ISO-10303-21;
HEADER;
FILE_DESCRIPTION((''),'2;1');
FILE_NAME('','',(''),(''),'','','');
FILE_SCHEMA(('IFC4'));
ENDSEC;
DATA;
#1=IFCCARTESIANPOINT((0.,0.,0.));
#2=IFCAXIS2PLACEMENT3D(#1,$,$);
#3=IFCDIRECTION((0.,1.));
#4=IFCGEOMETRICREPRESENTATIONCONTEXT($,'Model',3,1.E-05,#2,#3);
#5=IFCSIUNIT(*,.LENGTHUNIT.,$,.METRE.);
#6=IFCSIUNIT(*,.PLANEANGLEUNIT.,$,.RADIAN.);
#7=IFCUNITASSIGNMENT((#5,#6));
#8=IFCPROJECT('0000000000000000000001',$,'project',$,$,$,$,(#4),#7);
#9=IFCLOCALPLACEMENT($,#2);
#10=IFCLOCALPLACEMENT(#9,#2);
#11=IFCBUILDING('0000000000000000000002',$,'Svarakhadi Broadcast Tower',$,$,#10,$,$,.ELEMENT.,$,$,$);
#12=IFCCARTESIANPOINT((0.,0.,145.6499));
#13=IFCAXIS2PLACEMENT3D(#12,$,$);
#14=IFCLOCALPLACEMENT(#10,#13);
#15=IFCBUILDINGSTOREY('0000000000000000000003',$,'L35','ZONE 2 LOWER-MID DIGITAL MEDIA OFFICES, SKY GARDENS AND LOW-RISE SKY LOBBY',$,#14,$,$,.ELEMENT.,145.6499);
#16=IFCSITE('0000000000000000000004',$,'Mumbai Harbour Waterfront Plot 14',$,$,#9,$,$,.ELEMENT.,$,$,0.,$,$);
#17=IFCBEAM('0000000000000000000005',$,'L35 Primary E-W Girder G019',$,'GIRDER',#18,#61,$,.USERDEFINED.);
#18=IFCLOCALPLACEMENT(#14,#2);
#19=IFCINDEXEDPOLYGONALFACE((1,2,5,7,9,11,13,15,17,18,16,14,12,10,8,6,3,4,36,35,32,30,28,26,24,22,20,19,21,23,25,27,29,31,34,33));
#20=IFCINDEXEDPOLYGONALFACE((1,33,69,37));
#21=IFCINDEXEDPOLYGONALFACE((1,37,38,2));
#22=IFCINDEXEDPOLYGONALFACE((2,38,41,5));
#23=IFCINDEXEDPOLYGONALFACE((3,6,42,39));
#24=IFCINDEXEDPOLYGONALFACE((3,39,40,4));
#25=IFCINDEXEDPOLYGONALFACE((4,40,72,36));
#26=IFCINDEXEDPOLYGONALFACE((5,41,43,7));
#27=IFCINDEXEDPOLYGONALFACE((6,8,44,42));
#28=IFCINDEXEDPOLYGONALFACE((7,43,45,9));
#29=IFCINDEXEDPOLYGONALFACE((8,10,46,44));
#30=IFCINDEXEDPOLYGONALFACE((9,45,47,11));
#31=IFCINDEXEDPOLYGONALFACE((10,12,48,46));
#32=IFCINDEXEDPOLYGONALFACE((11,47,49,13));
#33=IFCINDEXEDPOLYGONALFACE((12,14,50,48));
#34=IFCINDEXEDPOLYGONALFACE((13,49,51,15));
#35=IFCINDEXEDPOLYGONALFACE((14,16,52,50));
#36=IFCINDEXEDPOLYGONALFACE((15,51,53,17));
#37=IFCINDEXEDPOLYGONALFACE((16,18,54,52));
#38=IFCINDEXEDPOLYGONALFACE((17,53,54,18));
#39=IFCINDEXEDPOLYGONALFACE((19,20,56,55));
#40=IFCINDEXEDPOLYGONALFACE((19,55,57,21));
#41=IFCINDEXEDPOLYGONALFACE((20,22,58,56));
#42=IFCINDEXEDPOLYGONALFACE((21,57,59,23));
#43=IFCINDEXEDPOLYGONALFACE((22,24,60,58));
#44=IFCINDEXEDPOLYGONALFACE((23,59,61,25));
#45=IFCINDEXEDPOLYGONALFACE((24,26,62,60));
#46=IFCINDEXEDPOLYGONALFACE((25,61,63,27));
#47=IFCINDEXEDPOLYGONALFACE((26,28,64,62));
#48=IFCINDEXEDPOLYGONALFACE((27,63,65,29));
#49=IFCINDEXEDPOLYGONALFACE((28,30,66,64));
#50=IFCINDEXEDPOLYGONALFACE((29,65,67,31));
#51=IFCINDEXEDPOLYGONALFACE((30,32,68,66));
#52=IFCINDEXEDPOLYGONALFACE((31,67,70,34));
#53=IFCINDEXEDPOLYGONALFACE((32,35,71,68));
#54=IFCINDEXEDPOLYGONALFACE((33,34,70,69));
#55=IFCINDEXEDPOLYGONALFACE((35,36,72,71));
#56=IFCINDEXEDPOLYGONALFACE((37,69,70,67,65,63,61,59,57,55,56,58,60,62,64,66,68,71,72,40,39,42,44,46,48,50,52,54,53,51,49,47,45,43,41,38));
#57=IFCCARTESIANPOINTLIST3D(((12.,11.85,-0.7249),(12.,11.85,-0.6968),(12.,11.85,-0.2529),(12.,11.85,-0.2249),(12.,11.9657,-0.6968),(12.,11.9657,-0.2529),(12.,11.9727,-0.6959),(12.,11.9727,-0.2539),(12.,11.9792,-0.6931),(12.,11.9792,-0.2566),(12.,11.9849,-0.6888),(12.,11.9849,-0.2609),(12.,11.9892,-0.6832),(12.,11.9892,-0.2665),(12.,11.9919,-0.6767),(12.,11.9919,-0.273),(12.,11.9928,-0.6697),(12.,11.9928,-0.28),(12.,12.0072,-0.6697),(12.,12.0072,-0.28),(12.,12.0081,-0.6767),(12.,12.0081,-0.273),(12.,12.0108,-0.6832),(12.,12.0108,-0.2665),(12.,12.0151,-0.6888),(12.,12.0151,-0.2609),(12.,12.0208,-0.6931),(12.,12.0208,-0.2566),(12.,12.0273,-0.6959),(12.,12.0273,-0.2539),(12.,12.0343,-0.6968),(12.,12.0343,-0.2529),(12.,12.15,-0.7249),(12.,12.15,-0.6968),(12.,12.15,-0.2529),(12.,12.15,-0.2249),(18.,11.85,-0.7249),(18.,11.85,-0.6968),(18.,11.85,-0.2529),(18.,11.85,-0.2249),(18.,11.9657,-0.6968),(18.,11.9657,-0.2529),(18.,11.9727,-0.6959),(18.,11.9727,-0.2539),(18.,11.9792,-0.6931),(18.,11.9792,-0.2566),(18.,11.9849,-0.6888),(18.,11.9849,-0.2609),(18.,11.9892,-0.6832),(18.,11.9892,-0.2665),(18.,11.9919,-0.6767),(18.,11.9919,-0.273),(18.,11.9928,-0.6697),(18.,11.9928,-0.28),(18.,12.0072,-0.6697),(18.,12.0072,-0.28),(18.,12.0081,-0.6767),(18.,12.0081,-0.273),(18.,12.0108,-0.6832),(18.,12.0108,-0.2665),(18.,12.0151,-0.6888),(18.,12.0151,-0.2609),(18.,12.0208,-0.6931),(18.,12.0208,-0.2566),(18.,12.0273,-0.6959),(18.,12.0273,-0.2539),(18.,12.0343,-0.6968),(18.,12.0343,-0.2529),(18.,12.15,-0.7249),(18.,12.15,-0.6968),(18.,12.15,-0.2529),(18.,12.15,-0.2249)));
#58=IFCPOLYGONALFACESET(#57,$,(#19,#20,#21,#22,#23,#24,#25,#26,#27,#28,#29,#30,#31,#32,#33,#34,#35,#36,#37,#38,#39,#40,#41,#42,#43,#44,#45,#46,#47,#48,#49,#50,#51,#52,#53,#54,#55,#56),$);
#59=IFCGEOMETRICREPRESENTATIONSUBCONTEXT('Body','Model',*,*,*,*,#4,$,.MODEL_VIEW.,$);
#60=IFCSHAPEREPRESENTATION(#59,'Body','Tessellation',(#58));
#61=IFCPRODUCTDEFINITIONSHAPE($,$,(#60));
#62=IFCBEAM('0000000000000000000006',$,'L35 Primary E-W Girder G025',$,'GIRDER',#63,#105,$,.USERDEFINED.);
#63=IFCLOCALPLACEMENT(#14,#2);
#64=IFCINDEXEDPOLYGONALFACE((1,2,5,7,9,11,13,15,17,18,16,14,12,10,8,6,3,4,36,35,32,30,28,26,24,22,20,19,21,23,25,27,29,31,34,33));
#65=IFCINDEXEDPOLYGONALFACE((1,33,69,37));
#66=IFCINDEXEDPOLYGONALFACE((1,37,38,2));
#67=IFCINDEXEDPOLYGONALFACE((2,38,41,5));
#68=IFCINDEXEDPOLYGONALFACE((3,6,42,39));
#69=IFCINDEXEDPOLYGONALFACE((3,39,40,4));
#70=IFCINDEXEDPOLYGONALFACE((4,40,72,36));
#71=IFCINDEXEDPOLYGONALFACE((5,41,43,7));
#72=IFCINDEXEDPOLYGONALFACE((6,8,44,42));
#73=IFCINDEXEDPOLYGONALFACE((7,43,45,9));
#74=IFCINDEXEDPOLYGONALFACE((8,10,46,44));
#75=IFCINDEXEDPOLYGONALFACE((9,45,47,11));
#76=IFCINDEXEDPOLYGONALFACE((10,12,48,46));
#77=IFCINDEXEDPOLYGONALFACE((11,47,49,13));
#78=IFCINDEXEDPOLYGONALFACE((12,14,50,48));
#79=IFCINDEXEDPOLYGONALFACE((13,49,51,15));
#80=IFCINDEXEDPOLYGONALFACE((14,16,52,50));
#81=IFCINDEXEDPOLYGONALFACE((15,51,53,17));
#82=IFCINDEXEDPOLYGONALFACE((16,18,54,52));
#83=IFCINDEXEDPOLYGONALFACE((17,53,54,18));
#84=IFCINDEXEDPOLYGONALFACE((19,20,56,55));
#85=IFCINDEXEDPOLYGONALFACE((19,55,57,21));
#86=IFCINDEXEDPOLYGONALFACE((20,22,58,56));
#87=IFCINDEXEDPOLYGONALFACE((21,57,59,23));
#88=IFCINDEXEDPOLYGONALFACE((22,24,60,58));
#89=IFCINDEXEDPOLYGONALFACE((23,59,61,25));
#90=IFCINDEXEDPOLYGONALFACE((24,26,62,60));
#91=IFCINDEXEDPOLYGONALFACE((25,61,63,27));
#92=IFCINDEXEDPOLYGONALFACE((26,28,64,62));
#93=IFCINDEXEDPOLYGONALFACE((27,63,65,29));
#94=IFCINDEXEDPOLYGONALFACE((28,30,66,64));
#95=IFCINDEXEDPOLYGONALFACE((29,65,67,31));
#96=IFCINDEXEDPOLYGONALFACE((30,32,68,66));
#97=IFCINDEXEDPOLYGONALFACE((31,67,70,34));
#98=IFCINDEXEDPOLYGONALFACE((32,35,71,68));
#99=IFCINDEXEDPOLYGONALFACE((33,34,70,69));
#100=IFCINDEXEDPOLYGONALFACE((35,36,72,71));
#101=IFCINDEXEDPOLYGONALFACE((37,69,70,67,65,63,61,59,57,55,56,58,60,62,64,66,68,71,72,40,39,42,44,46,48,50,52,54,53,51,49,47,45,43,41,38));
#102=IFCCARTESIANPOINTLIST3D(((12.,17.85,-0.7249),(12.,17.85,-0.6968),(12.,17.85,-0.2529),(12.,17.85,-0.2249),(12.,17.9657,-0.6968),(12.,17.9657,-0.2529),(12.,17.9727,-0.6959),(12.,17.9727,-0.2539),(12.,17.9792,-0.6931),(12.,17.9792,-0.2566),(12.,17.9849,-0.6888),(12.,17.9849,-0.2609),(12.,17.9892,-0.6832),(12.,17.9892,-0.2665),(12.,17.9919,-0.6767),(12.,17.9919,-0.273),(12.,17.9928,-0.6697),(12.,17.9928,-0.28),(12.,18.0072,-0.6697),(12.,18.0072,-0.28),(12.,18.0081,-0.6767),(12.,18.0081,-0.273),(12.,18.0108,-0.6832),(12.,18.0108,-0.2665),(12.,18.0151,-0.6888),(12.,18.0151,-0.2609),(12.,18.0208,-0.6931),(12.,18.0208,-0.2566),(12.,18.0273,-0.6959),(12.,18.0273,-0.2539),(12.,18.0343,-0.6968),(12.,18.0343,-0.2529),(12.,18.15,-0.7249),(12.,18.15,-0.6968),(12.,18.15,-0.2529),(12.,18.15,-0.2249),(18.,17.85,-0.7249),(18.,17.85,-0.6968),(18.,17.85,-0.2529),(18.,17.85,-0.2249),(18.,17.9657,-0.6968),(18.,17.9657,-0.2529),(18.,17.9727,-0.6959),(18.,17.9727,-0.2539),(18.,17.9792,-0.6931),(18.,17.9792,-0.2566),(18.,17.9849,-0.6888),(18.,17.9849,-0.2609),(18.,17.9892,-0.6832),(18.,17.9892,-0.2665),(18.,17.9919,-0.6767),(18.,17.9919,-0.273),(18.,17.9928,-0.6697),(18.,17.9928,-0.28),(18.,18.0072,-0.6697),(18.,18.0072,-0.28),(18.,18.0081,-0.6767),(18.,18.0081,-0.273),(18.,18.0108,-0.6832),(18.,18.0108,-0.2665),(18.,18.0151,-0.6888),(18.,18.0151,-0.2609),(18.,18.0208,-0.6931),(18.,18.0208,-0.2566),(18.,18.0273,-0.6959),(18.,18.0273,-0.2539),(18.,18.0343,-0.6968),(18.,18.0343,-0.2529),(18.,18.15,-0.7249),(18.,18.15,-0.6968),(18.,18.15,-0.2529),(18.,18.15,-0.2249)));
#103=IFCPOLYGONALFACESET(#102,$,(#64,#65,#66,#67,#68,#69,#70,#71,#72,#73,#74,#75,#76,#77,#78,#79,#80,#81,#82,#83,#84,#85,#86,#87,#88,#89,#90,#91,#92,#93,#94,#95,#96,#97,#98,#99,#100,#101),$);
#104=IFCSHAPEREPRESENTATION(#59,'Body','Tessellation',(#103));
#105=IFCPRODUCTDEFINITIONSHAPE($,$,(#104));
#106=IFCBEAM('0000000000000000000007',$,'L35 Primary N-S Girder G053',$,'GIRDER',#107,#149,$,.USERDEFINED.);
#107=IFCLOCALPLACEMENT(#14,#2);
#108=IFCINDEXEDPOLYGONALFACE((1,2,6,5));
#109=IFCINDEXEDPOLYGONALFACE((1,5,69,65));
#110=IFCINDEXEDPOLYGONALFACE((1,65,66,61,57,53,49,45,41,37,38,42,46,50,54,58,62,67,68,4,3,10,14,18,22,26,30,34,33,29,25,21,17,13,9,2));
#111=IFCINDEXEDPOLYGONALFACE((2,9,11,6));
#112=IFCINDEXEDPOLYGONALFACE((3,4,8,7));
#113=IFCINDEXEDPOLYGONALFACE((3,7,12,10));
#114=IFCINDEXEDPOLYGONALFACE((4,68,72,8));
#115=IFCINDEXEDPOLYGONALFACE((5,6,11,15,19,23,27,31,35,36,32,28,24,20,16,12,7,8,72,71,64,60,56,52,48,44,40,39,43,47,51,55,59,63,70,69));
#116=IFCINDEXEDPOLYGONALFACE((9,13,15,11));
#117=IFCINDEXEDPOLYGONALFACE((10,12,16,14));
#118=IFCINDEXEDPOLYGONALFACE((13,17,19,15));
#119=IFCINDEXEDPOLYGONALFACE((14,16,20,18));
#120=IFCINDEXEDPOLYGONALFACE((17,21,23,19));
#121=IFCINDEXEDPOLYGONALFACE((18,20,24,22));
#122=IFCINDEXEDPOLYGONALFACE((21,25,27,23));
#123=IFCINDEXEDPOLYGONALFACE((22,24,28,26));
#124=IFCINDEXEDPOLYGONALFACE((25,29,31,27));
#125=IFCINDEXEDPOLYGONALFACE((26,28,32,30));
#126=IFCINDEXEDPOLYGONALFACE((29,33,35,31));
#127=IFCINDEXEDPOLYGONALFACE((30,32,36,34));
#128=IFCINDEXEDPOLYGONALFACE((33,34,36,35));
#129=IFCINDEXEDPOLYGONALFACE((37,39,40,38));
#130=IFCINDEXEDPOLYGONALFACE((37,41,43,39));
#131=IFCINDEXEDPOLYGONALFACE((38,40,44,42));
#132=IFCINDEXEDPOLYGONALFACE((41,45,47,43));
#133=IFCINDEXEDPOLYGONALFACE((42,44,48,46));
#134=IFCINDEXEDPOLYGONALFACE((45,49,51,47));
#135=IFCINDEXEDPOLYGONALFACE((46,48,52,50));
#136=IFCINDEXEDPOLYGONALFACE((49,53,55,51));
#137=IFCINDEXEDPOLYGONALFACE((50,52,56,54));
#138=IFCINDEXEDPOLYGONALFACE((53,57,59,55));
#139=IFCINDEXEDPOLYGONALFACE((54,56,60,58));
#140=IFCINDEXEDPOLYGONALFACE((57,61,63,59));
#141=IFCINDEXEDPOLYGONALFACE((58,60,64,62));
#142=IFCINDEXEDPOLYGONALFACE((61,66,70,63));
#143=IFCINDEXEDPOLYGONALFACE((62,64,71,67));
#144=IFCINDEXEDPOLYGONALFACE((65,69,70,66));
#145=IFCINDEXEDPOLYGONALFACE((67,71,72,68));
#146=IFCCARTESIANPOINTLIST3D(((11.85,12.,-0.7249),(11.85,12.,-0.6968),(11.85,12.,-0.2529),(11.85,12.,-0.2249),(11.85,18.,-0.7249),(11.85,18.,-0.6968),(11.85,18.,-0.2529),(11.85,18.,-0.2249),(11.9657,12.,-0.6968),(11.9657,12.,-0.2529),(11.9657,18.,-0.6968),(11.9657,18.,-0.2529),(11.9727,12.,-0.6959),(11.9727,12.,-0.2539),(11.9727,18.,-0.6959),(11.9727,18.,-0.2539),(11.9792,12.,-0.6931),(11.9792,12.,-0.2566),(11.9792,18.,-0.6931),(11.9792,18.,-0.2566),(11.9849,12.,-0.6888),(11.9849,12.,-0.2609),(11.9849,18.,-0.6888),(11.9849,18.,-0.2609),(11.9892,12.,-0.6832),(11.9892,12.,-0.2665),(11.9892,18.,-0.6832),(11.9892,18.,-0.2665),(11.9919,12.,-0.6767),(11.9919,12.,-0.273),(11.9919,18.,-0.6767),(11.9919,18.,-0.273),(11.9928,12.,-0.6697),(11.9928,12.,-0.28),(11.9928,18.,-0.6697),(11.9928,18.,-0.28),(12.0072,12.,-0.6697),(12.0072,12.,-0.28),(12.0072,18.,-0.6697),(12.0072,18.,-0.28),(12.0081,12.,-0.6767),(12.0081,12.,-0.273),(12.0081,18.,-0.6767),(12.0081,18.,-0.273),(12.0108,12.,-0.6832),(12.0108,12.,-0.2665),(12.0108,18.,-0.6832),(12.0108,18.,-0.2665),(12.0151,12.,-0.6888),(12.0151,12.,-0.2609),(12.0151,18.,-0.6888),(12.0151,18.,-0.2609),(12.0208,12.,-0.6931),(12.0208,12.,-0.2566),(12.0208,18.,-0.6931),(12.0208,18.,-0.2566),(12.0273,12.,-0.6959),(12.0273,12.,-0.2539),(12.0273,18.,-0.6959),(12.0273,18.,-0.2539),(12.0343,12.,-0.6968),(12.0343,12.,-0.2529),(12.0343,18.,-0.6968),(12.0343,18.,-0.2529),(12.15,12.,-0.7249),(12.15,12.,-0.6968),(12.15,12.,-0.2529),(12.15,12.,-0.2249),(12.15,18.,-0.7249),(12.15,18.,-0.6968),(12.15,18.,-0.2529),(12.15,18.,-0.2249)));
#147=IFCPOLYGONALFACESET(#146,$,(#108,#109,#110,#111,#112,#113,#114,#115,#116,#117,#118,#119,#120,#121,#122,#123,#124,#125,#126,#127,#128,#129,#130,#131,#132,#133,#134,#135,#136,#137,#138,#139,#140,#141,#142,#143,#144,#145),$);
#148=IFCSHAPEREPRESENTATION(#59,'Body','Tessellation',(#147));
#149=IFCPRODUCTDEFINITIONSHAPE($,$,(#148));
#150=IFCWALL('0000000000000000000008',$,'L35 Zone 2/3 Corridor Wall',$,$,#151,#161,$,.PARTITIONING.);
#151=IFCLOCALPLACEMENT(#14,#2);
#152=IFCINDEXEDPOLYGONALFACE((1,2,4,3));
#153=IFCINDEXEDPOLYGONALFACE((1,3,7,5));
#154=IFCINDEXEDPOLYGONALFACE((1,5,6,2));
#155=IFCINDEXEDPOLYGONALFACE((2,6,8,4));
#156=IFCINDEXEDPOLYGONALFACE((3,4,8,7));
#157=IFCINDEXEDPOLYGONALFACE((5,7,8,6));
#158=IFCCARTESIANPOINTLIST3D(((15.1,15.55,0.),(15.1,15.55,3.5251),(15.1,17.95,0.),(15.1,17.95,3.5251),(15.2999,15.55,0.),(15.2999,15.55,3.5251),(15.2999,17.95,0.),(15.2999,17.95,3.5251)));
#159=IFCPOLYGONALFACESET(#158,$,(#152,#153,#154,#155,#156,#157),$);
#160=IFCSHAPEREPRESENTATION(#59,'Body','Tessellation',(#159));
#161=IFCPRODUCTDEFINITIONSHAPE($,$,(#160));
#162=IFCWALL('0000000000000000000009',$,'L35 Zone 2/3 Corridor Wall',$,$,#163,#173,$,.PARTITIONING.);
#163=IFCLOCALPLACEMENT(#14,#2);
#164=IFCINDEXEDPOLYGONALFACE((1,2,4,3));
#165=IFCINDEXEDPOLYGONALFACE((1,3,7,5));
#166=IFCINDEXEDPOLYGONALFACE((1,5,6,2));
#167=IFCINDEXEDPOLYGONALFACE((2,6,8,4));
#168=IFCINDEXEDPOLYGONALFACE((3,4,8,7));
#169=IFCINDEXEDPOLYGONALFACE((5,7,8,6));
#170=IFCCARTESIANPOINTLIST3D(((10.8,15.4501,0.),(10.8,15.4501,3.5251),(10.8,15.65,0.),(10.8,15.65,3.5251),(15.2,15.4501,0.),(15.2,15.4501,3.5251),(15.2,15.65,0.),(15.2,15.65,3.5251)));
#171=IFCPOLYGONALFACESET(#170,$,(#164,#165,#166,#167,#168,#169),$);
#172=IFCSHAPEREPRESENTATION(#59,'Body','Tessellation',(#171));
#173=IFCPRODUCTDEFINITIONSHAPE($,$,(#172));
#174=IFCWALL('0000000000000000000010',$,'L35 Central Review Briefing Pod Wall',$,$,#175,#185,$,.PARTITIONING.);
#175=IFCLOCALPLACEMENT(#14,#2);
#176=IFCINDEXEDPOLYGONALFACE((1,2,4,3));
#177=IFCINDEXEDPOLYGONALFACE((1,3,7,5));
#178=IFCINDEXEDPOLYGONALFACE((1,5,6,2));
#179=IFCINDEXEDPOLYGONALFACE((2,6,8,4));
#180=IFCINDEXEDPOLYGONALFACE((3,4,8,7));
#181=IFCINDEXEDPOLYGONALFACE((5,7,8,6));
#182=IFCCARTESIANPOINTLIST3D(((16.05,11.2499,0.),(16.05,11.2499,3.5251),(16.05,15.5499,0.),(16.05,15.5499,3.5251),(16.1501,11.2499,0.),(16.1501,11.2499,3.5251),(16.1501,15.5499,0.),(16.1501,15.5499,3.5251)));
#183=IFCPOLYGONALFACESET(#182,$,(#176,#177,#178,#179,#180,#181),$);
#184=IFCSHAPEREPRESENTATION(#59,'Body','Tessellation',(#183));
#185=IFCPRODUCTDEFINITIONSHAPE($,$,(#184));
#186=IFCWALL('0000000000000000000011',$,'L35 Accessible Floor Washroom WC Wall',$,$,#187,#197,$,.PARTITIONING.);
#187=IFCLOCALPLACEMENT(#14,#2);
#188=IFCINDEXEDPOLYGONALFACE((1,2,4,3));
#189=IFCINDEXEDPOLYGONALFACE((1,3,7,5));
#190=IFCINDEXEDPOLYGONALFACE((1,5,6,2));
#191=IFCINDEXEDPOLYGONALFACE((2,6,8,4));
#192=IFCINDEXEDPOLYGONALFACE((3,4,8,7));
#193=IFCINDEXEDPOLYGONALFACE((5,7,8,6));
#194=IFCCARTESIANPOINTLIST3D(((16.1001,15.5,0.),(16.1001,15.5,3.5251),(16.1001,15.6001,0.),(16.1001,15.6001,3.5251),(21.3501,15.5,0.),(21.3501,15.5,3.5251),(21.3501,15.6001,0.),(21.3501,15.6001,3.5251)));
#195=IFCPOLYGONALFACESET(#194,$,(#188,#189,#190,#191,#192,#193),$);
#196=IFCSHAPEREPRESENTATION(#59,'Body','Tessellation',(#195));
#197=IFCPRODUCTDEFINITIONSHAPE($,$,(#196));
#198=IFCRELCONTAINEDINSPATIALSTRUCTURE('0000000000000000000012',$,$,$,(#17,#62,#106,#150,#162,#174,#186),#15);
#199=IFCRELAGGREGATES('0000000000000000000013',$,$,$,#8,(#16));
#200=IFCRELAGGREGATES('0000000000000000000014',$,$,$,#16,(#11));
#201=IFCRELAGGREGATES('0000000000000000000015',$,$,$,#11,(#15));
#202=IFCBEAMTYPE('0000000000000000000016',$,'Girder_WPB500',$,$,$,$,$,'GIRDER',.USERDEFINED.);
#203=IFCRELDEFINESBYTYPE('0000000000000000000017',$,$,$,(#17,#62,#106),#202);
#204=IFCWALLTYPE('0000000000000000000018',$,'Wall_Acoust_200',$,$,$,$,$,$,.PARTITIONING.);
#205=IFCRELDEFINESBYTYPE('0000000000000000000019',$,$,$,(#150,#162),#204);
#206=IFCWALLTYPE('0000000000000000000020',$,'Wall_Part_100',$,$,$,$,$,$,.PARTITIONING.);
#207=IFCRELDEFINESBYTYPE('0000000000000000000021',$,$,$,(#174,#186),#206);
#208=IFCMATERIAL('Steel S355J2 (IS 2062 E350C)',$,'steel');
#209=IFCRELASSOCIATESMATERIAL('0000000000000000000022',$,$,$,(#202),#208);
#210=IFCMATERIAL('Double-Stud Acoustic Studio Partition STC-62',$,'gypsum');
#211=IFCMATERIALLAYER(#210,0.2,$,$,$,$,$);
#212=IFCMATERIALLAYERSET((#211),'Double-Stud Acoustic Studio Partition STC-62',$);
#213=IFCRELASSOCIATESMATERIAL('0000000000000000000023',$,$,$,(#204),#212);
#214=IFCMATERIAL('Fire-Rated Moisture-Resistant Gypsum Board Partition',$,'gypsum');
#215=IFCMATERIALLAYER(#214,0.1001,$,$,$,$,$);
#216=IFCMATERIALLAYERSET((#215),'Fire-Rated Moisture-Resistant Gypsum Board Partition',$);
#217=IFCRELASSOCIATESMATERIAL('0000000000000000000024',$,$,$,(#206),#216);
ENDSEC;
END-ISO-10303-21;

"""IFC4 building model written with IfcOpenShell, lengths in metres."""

from ifc_helpers import new_model, si_unit, direction, frame, frame_2d, origin, origin_2d, place, context, subcontext, project, spatial, rectangle, i_section, extrude, material, layer, layer_set, material_profile, profile_set, type_object, element, save


model = new_model("IFC4")

# Units and contexts
model_context = context("Model", 3, precision=1e-05, world=origin(), true_north=direction((0.0, 1.0)))
body_context = subcontext(model_context, "Body", "Model", "MODEL_VIEW")
ifc_project = project(units=[si_unit("LENGTHUNIT", "METRE"), si_unit("PLANEANGLEUNIT", "RADIAN")], contexts=[model_context])

# Site, building, storey
site_placement = place(None, origin())
site = spatial("IfcSite", under=ifc_project, at=site_placement, Name="Mumbai Harbour Waterfront Plot 14", CompositionType="ELEMENT", RefElevation=0.0)
building_placement = place(site_placement, origin())
building = spatial("IfcBuilding", under=site, at=building_placement, Name="Svarakhadi Broadcast Tower", CompositionType="ELEMENT")
storey_placement = place(building_placement, frame((0.0, 0.0, 145.6499)))
storey = spatial("IfcBuildingStorey", under=building, at=storey_placement, Name="L35", Description="ZONE 2 LOWER-MID DIGITAL MEDIA OFFICES, SKY GARDENS AND LOW-RISE SKY LOBBY", CompositionType="ELEMENT", Elevation=145.6499)

# Beams
ifc_material_1 = material(Name="Steel S355J2 (IS 2062 E350C)", Category="steel")
ifc_material_profile_1 = material_profile(ifc_material_1, i_section(OverallWidth=0.3, OverallDepth=0.5, WebThickness=0.0144, FlangeThickness=0.0281, FilletRadius=0.0271, at=origin_2d()), Name="WPB 500x300x187")
ifc_profile_set_1 = profile_set([ifc_material_profile_1], Name="Steel S355J2 (IS 2062 E350C)")
beam_type_1 = type_object("IfcBeamType", Name="Girder_WPB500", ElementType="GIRDER", PredefinedType="USERDEFINED", material=ifc_profile_set_1)
for number, where, z_axis, x_axis, name in (
    (1, (12.0, 12.0, -0.4749), (1.0, 0.0, 0.0), (0.0, 1.0, 0.0), "L35 Primary E-W Girder G019"),
    (2, (12.0, 18.0, -0.4749), (1.0, 0.0, 0.0), (0.0, 1.0, 0.0), "L35 Primary E-W Girder G025"),
    (3, (12.0, 12.0, -0.4749), (0.0, 1.0, 0.0), (-1.0, 0.0, 0.0), "L35 Primary N-S Girder G053"),
):
    element("IfcBeam", number, at=place(storey_placement, frame(where, z_axis=z_axis, x_axis=x_axis)), inside=storey, type_object=beam_type_1, Name=name, ObjectType="GIRDER", PredefinedType="USERDEFINED", context=body_context, shape_type="SweptSolid", body=[
        extrude(i_section(OverallWidth=0.3, OverallDepth=0.5, WebThickness=0.0144, FlangeThickness=0.0281, FilletRadius=0.0271, at=origin_2d()), origin(), (0.0, 0.0, 1.0), 6.0),
    ])

# Walls
ifc_material_2 = material(Name="Double-Stud Acoustic Studio Partition STC-62", Category="gypsum")
ifc_layer_1 = layer(ifc_material_2, 0.2)
ifc_layer_set_1 = layer_set([ifc_layer_1], Name="Double-Stud Acoustic Studio Partition STC-62")
wall_type_1 = type_object("IfcWallType", Name="Wall_Acoust_200", PredefinedType="PARTITIONING", material=ifc_layer_set_1)
wall_1_placement = place(storey_placement, frame((15.2, 17.95, 0.0), z_axis=(0.0, 0.0, 1.0), x_axis=(0.0, -1.0, 0.0)))
element("IfcWall", 4, at=wall_1_placement, inside=storey, type_object=wall_type_1, Name="L35 Zone 2/3 Corridor Wall", PredefinedType="PARTITIONING", context=body_context, shape_type="SweptSolid", body=[
    extrude(rectangle(XDim=2.3999, YDim=0.2, at=frame_2d((1.2, 0.0))), origin(), (0.0, 0.0, 1.0), 3.5251),
])
wall_2_placement = place(storey_placement, frame((15.2, 15.55, 0.0), z_axis=(0.0, 0.0, 1.0), x_axis=(-1.0, 0.0, 0.0)))
element("IfcWall", 5, at=wall_2_placement, inside=storey, type_object=wall_type_1, Name="L35 Zone 2/3 Corridor Wall", PredefinedType="PARTITIONING", context=body_context, shape_type="SweptSolid", body=[
    extrude(rectangle(XDim=4.3999, YDim=0.2, at=frame_2d((2.2, 0.0))), origin(), (0.0, 0.0, 1.0), 3.5251),
])
ifc_material_3 = material(Name="Fire-Rated Moisture-Resistant Gypsum Board Partition", Category="gypsum")
ifc_layer_2 = layer(ifc_material_3, 0.1001)
ifc_layer_set_2 = layer_set([ifc_layer_2], Name="Fire-Rated Moisture-Resistant Gypsum Board Partition")
wall_type_2 = type_object("IfcWallType", Name="Wall_Part_100", PredefinedType="PARTITIONING", material=ifc_layer_set_2)
wall_3_placement = place(storey_placement, frame((16.1001, 11.25, 0.0), z_axis=(0.0, 0.0, 1.0), x_axis=(0.0, 1.0, 0.0)))
element("IfcWall", 6, at=wall_3_placement, inside=storey, type_object=wall_type_2, Name="L35 Central Review Briefing Pod Wall", PredefinedType="PARTITIONING", context=body_context, shape_type="SweptSolid", body=[
    extrude(rectangle(XDim=4.3, YDim=0.1001, at=frame_2d((2.1499, 0.0))), origin(), (0.0, 0.0, 1.0), 3.5251),
])
wall_4_placement = place(storey_placement, frame((16.1001, 15.55, 0.0), z_axis=(0.0, 0.0, 1.0), x_axis=(1.0, 0.0, 0.0)))
element("IfcWall", 7, at=wall_4_placement, inside=storey, type_object=wall_type_2, Name="L35 Accessible Floor Washroom WC Wall", PredefinedType="PARTITIONING", context=body_context, shape_type="SweptSolid", body=[
    extrude(rectangle(XDim=5.25, YDim=0.1001, at=frame_2d((2.625, 0.0))), origin(), (0.0, 0.0, 1.0), 3.5251),
])

save(model, "model.ifc")
